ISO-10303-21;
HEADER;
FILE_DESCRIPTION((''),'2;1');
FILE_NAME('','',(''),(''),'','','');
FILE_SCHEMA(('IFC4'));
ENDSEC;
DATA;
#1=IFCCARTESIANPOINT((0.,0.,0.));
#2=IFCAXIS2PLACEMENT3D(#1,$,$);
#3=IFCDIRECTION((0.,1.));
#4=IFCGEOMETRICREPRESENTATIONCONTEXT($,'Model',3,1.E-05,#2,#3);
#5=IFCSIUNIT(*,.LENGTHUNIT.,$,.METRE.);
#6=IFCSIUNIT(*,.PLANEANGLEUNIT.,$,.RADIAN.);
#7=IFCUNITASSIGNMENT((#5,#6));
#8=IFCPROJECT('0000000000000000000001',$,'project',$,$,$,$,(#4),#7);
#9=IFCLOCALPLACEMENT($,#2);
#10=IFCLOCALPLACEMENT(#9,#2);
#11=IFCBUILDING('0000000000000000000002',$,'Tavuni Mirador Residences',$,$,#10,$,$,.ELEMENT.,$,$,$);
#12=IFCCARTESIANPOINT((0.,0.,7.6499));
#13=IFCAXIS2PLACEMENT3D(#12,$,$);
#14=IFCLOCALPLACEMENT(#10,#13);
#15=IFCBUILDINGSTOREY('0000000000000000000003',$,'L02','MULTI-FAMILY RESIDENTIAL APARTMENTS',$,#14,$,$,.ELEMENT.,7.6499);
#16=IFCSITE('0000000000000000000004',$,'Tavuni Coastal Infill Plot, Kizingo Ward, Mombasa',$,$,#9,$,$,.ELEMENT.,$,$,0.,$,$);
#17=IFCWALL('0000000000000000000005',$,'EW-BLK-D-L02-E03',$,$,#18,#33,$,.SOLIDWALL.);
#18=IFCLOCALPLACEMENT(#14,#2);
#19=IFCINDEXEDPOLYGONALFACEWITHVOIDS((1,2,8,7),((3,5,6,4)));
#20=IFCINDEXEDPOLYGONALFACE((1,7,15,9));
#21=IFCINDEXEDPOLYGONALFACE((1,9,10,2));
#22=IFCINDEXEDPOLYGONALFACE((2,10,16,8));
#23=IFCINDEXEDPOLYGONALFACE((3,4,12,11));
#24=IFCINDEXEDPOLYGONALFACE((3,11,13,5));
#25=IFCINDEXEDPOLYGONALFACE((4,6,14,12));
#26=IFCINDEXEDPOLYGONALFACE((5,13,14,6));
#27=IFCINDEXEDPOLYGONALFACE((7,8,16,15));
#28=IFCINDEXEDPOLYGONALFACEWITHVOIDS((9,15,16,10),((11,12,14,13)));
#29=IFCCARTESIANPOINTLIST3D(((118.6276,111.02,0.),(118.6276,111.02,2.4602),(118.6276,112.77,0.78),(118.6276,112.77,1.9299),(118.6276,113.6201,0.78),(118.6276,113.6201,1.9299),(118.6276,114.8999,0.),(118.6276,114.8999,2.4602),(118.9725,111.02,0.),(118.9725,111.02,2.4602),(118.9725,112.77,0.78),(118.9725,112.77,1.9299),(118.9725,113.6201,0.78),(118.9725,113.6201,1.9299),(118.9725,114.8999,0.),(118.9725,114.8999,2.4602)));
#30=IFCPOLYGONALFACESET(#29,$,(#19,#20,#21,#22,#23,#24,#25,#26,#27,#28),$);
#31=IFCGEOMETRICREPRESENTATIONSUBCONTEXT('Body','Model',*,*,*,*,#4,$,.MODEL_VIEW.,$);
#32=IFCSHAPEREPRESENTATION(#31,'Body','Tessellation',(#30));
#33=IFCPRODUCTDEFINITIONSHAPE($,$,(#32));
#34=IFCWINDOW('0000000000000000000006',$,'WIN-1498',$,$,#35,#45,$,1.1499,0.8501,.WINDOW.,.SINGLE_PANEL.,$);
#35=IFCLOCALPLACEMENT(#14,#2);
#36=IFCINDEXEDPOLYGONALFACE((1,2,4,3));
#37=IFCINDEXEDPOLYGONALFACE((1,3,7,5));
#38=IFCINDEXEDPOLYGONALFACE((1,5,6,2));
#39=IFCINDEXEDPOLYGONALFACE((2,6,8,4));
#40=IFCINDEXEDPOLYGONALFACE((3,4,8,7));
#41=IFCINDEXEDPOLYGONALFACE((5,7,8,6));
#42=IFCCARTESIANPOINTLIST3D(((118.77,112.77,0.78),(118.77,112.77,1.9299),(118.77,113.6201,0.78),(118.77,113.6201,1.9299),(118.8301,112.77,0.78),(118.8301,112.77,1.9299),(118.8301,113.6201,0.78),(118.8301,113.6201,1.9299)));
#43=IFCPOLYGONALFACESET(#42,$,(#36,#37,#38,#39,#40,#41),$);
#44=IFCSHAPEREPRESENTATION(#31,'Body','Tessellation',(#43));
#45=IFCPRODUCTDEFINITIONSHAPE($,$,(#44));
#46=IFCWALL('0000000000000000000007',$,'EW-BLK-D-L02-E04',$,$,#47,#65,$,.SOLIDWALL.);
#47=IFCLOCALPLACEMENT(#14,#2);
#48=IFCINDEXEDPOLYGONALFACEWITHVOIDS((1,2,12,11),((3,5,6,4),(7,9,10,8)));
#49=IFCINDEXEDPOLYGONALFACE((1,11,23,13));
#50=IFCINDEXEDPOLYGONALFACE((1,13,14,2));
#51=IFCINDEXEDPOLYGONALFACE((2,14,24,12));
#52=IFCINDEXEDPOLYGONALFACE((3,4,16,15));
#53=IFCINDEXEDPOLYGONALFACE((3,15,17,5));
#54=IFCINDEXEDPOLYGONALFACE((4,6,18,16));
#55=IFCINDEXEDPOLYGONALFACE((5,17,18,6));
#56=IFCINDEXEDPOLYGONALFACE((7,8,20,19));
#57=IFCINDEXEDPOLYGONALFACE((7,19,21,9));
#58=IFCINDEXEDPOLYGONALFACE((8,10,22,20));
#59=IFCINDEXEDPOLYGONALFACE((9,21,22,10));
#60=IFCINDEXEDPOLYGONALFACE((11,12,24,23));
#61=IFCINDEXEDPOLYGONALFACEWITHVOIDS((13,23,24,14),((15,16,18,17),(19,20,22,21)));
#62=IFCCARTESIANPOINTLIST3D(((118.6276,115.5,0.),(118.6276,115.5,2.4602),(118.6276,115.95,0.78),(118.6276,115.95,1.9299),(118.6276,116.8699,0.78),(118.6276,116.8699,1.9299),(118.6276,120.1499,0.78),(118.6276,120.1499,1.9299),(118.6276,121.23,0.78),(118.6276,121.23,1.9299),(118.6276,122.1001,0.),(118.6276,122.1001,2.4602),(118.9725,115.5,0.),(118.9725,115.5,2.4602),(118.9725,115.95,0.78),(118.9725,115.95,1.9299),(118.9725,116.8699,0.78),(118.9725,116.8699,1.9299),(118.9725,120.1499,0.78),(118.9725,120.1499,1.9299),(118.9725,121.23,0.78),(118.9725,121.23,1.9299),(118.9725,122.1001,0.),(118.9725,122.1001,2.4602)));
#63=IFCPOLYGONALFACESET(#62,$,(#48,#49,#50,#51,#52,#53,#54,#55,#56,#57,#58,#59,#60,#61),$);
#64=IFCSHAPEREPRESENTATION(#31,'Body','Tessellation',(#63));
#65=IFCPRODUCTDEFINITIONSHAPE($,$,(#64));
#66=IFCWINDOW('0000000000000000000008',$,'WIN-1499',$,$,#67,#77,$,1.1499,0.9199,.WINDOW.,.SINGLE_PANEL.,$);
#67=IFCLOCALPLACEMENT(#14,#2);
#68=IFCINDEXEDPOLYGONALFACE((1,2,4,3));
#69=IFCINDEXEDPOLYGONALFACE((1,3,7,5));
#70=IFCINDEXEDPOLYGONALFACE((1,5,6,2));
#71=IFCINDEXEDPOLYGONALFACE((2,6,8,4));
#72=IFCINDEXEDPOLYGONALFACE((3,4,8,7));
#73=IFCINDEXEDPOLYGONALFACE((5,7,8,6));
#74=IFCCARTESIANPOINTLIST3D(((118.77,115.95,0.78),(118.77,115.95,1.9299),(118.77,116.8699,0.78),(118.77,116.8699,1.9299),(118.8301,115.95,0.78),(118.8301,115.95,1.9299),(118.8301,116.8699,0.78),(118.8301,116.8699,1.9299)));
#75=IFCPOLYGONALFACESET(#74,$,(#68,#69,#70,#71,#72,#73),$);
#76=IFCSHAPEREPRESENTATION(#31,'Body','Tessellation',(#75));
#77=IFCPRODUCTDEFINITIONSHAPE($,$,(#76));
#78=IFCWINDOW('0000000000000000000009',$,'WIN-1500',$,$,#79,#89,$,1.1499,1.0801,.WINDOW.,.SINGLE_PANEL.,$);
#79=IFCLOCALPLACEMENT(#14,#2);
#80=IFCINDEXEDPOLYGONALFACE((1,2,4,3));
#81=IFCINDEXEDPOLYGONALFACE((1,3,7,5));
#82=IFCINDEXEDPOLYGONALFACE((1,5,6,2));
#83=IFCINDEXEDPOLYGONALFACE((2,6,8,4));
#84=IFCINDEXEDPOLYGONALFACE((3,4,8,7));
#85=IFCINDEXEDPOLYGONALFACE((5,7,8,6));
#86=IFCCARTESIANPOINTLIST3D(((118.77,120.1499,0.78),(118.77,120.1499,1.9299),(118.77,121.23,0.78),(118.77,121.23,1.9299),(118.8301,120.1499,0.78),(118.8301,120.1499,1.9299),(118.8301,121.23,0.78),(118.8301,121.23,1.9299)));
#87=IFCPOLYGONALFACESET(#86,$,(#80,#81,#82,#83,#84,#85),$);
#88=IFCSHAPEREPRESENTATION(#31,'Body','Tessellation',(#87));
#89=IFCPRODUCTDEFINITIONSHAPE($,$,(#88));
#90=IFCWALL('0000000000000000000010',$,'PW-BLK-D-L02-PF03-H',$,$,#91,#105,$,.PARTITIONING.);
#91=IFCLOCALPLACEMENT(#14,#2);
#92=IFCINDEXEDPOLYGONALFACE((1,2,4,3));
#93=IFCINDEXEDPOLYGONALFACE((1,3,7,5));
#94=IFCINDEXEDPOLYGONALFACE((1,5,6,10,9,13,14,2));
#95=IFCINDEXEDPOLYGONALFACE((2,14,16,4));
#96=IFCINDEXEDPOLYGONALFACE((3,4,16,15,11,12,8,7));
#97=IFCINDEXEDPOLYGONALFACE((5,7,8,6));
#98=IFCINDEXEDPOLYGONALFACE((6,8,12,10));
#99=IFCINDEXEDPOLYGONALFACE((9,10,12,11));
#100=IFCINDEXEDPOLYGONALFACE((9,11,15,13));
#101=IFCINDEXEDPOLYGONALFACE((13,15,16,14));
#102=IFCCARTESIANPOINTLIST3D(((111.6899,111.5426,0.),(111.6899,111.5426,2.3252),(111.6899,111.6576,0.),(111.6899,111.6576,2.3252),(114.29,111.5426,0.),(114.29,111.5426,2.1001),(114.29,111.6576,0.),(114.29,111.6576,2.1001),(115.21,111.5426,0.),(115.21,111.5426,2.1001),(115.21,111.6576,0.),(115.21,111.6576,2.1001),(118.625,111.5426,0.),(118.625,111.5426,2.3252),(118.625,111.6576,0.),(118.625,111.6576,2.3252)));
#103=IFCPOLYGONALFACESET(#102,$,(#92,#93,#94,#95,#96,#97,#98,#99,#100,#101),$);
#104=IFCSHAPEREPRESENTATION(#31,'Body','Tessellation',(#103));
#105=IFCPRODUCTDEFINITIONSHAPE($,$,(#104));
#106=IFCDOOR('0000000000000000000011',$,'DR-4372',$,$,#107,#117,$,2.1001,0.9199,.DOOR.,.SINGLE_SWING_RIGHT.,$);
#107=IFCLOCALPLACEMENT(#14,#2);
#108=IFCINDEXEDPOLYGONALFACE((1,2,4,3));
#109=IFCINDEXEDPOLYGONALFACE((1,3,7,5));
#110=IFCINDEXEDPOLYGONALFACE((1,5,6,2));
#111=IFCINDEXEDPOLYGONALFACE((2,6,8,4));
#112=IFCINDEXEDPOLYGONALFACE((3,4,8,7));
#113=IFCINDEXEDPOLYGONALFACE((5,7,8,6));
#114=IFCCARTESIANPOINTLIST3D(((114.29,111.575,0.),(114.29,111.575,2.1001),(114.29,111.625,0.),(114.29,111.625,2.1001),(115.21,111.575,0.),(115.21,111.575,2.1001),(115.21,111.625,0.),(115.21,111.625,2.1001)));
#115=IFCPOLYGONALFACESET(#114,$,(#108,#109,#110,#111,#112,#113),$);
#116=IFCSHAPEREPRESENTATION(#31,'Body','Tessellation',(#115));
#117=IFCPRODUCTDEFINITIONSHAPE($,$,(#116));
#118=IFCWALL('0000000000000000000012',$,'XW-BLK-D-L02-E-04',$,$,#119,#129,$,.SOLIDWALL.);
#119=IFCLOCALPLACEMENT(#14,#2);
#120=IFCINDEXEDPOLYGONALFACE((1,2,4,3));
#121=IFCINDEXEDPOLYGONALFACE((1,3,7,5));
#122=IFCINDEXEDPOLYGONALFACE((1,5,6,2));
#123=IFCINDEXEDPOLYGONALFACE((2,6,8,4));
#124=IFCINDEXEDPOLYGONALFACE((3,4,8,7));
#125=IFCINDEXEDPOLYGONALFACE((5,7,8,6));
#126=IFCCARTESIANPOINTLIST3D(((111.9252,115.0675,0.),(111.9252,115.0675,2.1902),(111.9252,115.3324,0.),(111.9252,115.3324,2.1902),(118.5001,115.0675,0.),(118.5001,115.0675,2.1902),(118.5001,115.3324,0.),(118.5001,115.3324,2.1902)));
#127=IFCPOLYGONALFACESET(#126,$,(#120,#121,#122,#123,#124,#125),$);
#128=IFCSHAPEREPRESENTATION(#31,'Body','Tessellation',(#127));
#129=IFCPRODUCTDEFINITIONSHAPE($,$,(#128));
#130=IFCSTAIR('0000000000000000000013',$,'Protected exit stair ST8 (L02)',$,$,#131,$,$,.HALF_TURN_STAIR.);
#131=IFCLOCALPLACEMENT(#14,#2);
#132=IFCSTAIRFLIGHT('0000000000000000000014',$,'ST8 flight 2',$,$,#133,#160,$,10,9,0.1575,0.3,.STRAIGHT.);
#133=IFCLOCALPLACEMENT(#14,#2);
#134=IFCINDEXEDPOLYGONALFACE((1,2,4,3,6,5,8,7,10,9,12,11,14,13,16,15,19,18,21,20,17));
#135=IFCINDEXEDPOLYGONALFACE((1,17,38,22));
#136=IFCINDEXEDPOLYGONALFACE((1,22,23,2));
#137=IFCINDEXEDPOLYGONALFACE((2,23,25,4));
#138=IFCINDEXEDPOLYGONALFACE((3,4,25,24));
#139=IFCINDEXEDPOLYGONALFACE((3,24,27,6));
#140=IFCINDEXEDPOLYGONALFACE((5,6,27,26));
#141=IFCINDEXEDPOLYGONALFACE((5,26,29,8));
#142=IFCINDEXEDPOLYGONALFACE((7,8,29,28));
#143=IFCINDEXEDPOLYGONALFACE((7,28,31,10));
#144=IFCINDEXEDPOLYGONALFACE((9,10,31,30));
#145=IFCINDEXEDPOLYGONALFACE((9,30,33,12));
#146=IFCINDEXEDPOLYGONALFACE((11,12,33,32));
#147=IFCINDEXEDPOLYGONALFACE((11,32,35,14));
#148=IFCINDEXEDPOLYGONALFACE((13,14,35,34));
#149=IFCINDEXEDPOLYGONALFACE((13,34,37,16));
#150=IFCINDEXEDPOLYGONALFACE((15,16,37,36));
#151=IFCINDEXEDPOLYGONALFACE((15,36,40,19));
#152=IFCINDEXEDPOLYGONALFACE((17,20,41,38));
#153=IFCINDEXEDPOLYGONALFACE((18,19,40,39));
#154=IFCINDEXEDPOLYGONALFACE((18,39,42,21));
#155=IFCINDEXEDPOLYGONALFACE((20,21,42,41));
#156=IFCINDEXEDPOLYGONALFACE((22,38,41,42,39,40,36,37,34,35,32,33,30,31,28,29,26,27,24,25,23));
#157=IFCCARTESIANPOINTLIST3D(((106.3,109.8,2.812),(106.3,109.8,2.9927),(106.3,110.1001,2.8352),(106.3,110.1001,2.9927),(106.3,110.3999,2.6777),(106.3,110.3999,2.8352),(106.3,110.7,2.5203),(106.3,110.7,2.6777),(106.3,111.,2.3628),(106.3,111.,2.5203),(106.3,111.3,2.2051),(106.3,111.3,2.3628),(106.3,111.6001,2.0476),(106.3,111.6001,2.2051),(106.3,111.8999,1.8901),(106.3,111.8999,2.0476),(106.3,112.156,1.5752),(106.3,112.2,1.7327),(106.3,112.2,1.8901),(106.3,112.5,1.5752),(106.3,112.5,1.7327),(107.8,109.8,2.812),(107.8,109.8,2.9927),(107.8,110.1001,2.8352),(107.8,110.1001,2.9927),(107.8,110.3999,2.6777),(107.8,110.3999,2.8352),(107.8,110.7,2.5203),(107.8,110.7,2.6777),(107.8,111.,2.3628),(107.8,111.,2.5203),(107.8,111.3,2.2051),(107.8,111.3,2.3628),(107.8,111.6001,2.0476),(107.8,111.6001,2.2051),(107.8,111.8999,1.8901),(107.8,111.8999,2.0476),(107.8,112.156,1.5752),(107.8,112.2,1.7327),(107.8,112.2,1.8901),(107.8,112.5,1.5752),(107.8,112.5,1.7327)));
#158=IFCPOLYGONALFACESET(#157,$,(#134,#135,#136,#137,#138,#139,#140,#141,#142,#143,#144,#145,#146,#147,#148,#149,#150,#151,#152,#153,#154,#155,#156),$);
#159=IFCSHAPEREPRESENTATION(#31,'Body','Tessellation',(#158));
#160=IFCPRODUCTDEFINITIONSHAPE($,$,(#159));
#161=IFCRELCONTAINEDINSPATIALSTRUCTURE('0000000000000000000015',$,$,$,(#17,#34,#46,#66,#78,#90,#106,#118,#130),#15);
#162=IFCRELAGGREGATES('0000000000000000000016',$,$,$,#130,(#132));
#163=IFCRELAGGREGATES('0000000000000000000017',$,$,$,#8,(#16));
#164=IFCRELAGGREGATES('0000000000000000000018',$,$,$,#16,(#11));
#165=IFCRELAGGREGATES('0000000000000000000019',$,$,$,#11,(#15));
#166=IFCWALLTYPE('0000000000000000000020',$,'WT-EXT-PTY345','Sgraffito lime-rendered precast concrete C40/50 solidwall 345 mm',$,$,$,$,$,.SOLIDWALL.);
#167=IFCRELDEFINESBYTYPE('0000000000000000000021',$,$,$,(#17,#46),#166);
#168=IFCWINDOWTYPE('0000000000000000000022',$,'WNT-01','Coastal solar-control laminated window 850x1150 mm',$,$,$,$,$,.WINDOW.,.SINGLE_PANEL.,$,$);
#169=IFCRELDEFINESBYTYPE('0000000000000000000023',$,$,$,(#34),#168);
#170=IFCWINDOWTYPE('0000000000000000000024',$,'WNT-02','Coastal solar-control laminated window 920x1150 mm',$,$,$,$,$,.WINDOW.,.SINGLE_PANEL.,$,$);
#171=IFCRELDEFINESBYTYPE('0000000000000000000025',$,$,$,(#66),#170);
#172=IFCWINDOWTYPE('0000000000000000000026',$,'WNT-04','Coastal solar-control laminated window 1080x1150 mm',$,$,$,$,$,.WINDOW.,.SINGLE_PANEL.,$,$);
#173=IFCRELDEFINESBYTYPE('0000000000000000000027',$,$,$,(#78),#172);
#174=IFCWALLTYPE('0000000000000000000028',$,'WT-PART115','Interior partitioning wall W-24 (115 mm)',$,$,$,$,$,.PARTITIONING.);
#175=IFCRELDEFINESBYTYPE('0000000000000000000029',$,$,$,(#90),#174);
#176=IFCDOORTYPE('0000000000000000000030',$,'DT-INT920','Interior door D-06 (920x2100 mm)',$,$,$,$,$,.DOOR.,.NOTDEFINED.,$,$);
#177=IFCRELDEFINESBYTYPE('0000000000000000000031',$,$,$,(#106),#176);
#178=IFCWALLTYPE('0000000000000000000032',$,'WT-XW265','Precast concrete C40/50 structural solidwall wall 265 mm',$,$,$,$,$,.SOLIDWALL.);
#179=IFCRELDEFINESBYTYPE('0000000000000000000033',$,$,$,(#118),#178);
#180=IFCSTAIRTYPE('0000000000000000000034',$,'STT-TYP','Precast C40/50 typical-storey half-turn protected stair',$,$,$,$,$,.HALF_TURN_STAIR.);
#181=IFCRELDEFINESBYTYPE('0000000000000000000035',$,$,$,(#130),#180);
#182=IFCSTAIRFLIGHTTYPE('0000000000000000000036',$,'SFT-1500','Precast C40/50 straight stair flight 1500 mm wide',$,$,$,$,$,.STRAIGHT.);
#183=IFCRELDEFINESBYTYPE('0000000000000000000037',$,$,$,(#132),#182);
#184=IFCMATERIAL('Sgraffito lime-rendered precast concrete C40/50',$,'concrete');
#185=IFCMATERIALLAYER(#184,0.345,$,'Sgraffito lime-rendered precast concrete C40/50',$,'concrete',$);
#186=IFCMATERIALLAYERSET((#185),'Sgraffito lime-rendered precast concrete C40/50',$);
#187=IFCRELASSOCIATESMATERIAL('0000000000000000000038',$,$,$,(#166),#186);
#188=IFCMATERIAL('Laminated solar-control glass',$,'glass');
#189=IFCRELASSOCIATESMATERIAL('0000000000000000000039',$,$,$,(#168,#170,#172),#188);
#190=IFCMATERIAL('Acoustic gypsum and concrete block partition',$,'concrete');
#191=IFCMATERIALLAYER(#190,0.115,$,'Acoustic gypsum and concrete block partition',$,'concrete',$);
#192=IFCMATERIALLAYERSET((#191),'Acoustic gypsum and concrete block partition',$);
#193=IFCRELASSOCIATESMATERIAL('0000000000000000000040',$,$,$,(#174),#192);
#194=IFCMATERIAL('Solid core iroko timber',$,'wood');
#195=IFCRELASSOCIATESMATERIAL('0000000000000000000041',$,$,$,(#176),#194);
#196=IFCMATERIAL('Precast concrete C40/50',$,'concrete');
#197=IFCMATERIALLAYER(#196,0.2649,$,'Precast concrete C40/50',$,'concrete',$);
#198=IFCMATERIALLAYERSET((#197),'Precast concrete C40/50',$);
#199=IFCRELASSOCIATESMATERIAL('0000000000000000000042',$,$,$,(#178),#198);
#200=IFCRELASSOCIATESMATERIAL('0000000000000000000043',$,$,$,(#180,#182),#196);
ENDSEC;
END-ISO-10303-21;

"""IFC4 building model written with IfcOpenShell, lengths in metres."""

from ifc_helpers import new_model, si_unit, direction, frame, frame_2d, origin, place, context, subcontext, project, spatial, polyline, rectangle, outline, extrude, material, layer, layer_set, type_object, element, fill, aggregate, save


model = new_model("IFC4")

# Units and contexts
model_context = context("Model", 3, precision=1e-05, world=origin(), true_north=direction((0.0, 1.0)))
body_context = subcontext(model_context, "Body", "Model", "MODEL_VIEW")
ifc_project = project(units=[si_unit("LENGTHUNIT", "METRE"), si_unit("PLANEANGLEUNIT", "RADIAN")], contexts=[model_context])

# Site, building, storey
site_placement = place(None, origin())
site = spatial("IfcSite", under=ifc_project, at=site_placement, Name="Tavuni Coastal Infill Plot, Kizingo Ward, Mombasa", CompositionType="ELEMENT", RefElevation=0.0)
building_placement = place(site_placement, origin())
building = spatial("IfcBuilding", under=site, at=building_placement, Name="Tavuni Mirador Residences", CompositionType="ELEMENT")
storey_placement = place(building_placement, frame((0.0, 0.0, 7.6499)))
storey = spatial("IfcBuildingStorey", under=building, at=storey_placement, Name="L02", Description="MULTI-FAMILY RESIDENTIAL APARTMENTS", CompositionType="ELEMENT", Elevation=7.6499)

# Shared definitions
ifc_material_1 = material(Name="Precast concrete C40/50", Category="concrete")

# Shared definitions
ifc_material_2 = material(Name="Solid core iroko timber", Category="wood")

# Wall, opening, window
ifc_material_3 = material(Name="Sgraffito lime-rendered precast concrete C40/50", Category="concrete")
ifc_layer_1 = layer(ifc_material_3, 0.345, Name="Sgraffito lime-rendered precast concrete C40/50", Category="concrete")
ifc_layer_set_1 = layer_set([ifc_layer_1], Name="Sgraffito lime-rendered precast concrete C40/50")
wall_type_1 = type_object("IfcWallType", Name="WT-EXT-PTY345", Description="Sgraffito lime-rendered precast concrete C40/50 solidwall 345 mm", PredefinedType="SOLIDWALL", material=ifc_layer_set_1)
wall_1_placement = place(storey_placement, frame((118.8, 111.02, 0.0), z_axis=(0.0, 0.0, 1.0), x_axis=(0.0, 1.0, 0.0)))
wall_1 = element("IfcWall", 1, at=wall_1_placement, inside=storey, type_object=wall_type_1, Name="EW-BLK-D-L02-E03", PredefinedType="SOLIDWALL", context=body_context, shape_type="SweptSolid", body=[
    extrude(rectangle(XDim=3.8799, YDim=0.345, at=frame_2d((1.9399, 0.0))), origin(), (0.0, 0.0, 1.0), 2.4602),
])
opening_1_placement = place(wall_1_placement, frame((1.75, 0.0, 0.78)))
opening_1 = element("IfcOpeningElement", 2, at=opening_1_placement, cuts=wall_1, PredefinedType="OPENING", context=body_context, shape_type="SweptSolid", body=[
    extrude(rectangle(XDim=0.8501, YDim=1.1499, at=frame_2d((0.425, 0.575))), frame((0.0, 0.1826, 0.0), z_axis=(0.0, -1.0, 0.0), x_axis=(1.0, 0.0, 0.0)), (0.0, 0.0, 1.0), 0.365),
])
ifc_material_4 = material(Name="Laminated solar-control glass", Category="glass")
window_type_1 = type_object("IfcWindowType", Name="WNT-01", Description="Coastal solar-control laminated window 850x1150 mm", PartitioningType="SINGLE_PANEL", PredefinedType="WINDOW", material=ifc_material_4)
window_1_placement = place(opening_1_placement, origin())
window_1 = element("IfcWindow", 3, at=window_1_placement, inside=storey, type_object=window_type_1, Name="WIN-1498", OverallHeight=1.1499, OverallWidth=0.8501, PartitioningType="SINGLE_PANEL", PredefinedType="WINDOW", context=body_context, shape_type="SweptSolid", body=[
    extrude(rectangle(XDim=0.8501, YDim=1.1499, at=frame_2d((0.425, 0.575))), frame((0.0, 0.03, 0.0), z_axis=(0.0, -1.0, 0.0), x_axis=(1.0, 0.0, 0.0)), (0.0, 0.0, 1.0), 0.0601),
])
fill(opening_1, window_1)

# Wall, openings, windows
wall_2_placement = place(storey_placement, frame((118.8, 115.5, 0.0), z_axis=(0.0, 0.0, 1.0), x_axis=(0.0, 1.0, 0.0)))
wall_2 = element("IfcWall", 4, at=wall_2_placement, inside=storey, type_object=wall_type_1, Name="EW-BLK-D-L02-E04", PredefinedType="SOLIDWALL", context=body_context, shape_type="SweptSolid", body=[
    extrude(rectangle(XDim=6.6001, YDim=0.345, at=frame_2d((3.3, 0.0))), origin(), (0.0, 0.0, 1.0), 2.4602),
])
opening_2_placement = place(wall_2_placement, frame((0.45, 0.0, 0.78)))
opening_2 = element("IfcOpeningElement", 5, at=opening_2_placement, cuts=wall_2, PredefinedType="OPENING", context=body_context, shape_type="SweptSolid", body=[
    extrude(rectangle(XDim=0.9199, YDim=1.1499, at=frame_2d((0.46, 0.575))), frame((0.0, 0.1826, 0.0), z_axis=(0.0, -1.0, 0.0), x_axis=(1.0, 0.0, 0.0)), (0.0, 0.0, 1.0), 0.365),
])
opening_3_placement = place(wall_2_placement, frame((4.6499, 0.0, 0.78)))
opening_3 = element("IfcOpeningElement", 6, at=opening_3_placement, cuts=wall_2, PredefinedType="OPENING", context=body_context, shape_type="SweptSolid", body=[
    extrude(rectangle(XDim=1.0801, YDim=1.1499, at=frame_2d((0.54, 0.575))), frame((0.0, 0.1826, 0.0), z_axis=(0.0, -1.0, 0.0), x_axis=(1.0, 0.0, 0.0)), (0.0, 0.0, 1.0), 0.365),
])
window_type_2 = type_object("IfcWindowType", Name="WNT-02", Description="Coastal solar-control laminated window 920x1150 mm", PartitioningType="SINGLE_PANEL", PredefinedType="WINDOW", material=ifc_material_4)
window_2_placement = place(opening_2_placement, origin())
window_2 = element("IfcWindow", 7, at=window_2_placement, inside=storey, type_object=window_type_2, Name="WIN-1499", OverallHeight=1.1499, OverallWidth=0.9199, PartitioningType="SINGLE_PANEL", PredefinedType="WINDOW", context=body_context, shape_type="SweptSolid", body=[
    extrude(rectangle(XDim=0.9199, YDim=1.1499, at=frame_2d((0.46, 0.575))), frame((0.0, 0.03, 0.0), z_axis=(0.0, -1.0, 0.0), x_axis=(1.0, 0.0, 0.0)), (0.0, 0.0, 1.0), 0.0601),
])
fill(opening_2, window_2)
window_type_3 = type_object("IfcWindowType", Name="WNT-04", Description="Coastal solar-control laminated window 1080x1150 mm", PartitioningType="SINGLE_PANEL", PredefinedType="WINDOW", material=ifc_material_4)
window_3_placement = place(opening_3_placement, origin())
window_3 = element("IfcWindow", 8, at=window_3_placement, inside=storey, type_object=window_type_3, Name="WIN-1500", OverallHeight=1.1499, OverallWidth=1.0801, PartitioningType="SINGLE_PANEL", PredefinedType="WINDOW", context=body_context, shape_type="SweptSolid", body=[
    extrude(rectangle(XDim=1.0801, YDim=1.1499, at=frame_2d((0.54, 0.575))), frame((0.0, 0.03, 0.0), z_axis=(0.0, -1.0, 0.0), x_axis=(1.0, 0.0, 0.0)), (0.0, 0.0, 1.0), 0.0601),
])
fill(opening_3, window_3)

# Wall, opening, door
ifc_material_5 = material(Name="Acoustic gypsum and concrete block partition", Category="concrete")
ifc_layer_2 = layer(ifc_material_5, 0.115, Name="Acoustic gypsum and concrete block partition", Category="concrete")
ifc_layer_set_2 = layer_set([ifc_layer_2], Name="Acoustic gypsum and concrete block partition")
wall_type_2 = type_object("IfcWallType", Name="WT-PART115", Description="Interior partitioning wall W-24 (115 mm)", PredefinedType="PARTITIONING", material=ifc_layer_set_2)
wall_3_placement = place(storey_placement, frame((111.6899, 111.6001, 0.0), z_axis=(0.0, 0.0, 1.0), x_axis=(1.0, 0.0, 0.0)))
wall_3 = element("IfcWall", 9, at=wall_3_placement, inside=storey, type_object=wall_type_2, Name="PW-BLK-D-L02-PF03-H", PredefinedType="PARTITIONING", context=body_context, shape_type="SweptSolid", body=[
    extrude(rectangle(XDim=6.9351, YDim=0.115, at=frame_2d((3.4675, 0.0))), origin(), (0.0, 0.0, 1.0), 2.3252),
])
opening_4_placement = place(wall_3_placement, frame((2.6001, 0.0, 0.0)))
opening_4 = element("IfcOpeningElement", 10, at=opening_4_placement, cuts=wall_3, PredefinedType="OPENING", context=body_context, shape_type="SweptSolid", body=[
    extrude(rectangle(XDim=0.9199, YDim=2.1001, at=frame_2d((0.46, 1.05))), frame((0.0, 0.0674, 0.0), z_axis=(0.0, -1.0, 0.0), x_axis=(1.0, 0.0, 0.0)), (0.0, 0.0, 1.0), 0.135),
])
door_type_1 = type_object("IfcDoorType", Name="DT-INT920", Description="Interior door D-06 (920x2100 mm)", OperationType="NOTDEFINED", PredefinedType="DOOR", material=ifc_material_2)
door_1_placement = place(opening_4_placement, origin())
door_1 = element("IfcDoor", 11, at=door_1_placement, inside=storey, type_object=door_type_1, Name="DR-4372", OperationType="SINGLE_SWING_RIGHT", OverallHeight=2.1001, OverallWidth=0.9199, PredefinedType="DOOR", context=body_context, shape_type="SweptSolid", body=[
    extrude(rectangle(XDim=0.9199, YDim=2.1001, at=frame_2d((0.46, 1.05))), frame((0.0, 0.0249, 0.0), z_axis=(0.0, -1.0, 0.0), x_axis=(1.0, 0.0, 0.0)), (0.0, 0.0, 1.0), 0.05),
])
fill(opening_4, door_1)

# Wall
ifc_layer_3 = layer(ifc_material_1, 0.2649, Name="Precast concrete C40/50", Category="concrete")
ifc_layer_set_3 = layer_set([ifc_layer_3], Name="Precast concrete C40/50")
wall_type_3 = type_object("IfcWallType", Name="WT-XW265", Description="Precast concrete C40/50 structural solidwall wall 265 mm", PredefinedType="SOLIDWALL", material=ifc_layer_set_3)
wall_4_placement = place(storey_placement, frame((111.925, 115.2, 0.0), z_axis=(0.0, 0.0, 1.0), x_axis=(1.0, 0.0, 0.0)))
element("IfcWall", 12, at=wall_4_placement, inside=storey, type_object=wall_type_3, Name="XW-BLK-D-L02-E-04", PredefinedType="SOLIDWALL", context=body_context, shape_type="SweptSolid", body=[
    extrude(rectangle(XDim=6.575, YDim=0.2649, at=frame_2d((3.2876, 0.0))), origin(), (0.0, 0.0, 1.0), 2.1902),
])

# Stair, stair flight
stair_type = type_object("IfcStairType", Name="STT-TYP", Description="Precast C40/50 typical-storey half-turn protected stair", PredefinedType="HALF_TURN_STAIR", material=ifc_material_1)
stair_placement = place(storey_placement, origin())
stair = element("IfcStair", 13, at=stair_placement, inside=storey, type_object=stair_type, Name="Protected exit stair ST8 (L02)", PredefinedType="HALF_TURN_STAIR")
stair_flight_type = type_object("IfcStairFlightType", Name="SFT-1500", Description="Precast C40/50 straight stair flight 1500 mm wide", PredefinedType="STRAIGHT", material=ifc_material_1)
stair_flight_placement = place(storey_placement, frame((107.05, 112.5, 1.5752), z_axis=(0.0, 0.0, 1.0), x_axis=(0.0, -1.0, 0.0)))
stair_flight = element("IfcStairFlight", 14, at=stair_flight_placement, type_object=stair_flight_type, Name="ST8 flight 2", NumberOfRisers=10, NumberOfTreads=9, PredefinedType="STRAIGHT", RiserHeight=0.1575, TreadLength=0.3, context=body_context, shape_type="SweptSolid", body=[
    extrude(outline(polyline([(0.0, 0.0), (0.0, 0.1575), (0.3, 0.1575), (0.3, 0.3149), (0.6001, 0.3149), (0.6001, 0.4724), (0.8999, 0.4724), (0.8999, 0.6299), (1.2, 0.6299), (1.2, 0.7876), (1.5, 0.7876), (1.5, 0.9451), (1.8, 0.9451), (1.8, 1.1025), (2.1001, 1.1025), (2.1001, 1.26), (2.3999, 1.26), (2.3999, 1.4175), (2.7, 1.4175), (2.7, 1.575), (2.7, 1.2368), (0.344, 0.0), (0.0, 0.0)])), frame((0.0, 0.75, 0.0), z_axis=(0.0, -1.0, 0.0), x_axis=(1.0, 0.0, 0.0)), (0.0, 0.0, 1.0), 1.5),
])
aggregate(stair, [stair_flight])

save(model, "model.ifc")
